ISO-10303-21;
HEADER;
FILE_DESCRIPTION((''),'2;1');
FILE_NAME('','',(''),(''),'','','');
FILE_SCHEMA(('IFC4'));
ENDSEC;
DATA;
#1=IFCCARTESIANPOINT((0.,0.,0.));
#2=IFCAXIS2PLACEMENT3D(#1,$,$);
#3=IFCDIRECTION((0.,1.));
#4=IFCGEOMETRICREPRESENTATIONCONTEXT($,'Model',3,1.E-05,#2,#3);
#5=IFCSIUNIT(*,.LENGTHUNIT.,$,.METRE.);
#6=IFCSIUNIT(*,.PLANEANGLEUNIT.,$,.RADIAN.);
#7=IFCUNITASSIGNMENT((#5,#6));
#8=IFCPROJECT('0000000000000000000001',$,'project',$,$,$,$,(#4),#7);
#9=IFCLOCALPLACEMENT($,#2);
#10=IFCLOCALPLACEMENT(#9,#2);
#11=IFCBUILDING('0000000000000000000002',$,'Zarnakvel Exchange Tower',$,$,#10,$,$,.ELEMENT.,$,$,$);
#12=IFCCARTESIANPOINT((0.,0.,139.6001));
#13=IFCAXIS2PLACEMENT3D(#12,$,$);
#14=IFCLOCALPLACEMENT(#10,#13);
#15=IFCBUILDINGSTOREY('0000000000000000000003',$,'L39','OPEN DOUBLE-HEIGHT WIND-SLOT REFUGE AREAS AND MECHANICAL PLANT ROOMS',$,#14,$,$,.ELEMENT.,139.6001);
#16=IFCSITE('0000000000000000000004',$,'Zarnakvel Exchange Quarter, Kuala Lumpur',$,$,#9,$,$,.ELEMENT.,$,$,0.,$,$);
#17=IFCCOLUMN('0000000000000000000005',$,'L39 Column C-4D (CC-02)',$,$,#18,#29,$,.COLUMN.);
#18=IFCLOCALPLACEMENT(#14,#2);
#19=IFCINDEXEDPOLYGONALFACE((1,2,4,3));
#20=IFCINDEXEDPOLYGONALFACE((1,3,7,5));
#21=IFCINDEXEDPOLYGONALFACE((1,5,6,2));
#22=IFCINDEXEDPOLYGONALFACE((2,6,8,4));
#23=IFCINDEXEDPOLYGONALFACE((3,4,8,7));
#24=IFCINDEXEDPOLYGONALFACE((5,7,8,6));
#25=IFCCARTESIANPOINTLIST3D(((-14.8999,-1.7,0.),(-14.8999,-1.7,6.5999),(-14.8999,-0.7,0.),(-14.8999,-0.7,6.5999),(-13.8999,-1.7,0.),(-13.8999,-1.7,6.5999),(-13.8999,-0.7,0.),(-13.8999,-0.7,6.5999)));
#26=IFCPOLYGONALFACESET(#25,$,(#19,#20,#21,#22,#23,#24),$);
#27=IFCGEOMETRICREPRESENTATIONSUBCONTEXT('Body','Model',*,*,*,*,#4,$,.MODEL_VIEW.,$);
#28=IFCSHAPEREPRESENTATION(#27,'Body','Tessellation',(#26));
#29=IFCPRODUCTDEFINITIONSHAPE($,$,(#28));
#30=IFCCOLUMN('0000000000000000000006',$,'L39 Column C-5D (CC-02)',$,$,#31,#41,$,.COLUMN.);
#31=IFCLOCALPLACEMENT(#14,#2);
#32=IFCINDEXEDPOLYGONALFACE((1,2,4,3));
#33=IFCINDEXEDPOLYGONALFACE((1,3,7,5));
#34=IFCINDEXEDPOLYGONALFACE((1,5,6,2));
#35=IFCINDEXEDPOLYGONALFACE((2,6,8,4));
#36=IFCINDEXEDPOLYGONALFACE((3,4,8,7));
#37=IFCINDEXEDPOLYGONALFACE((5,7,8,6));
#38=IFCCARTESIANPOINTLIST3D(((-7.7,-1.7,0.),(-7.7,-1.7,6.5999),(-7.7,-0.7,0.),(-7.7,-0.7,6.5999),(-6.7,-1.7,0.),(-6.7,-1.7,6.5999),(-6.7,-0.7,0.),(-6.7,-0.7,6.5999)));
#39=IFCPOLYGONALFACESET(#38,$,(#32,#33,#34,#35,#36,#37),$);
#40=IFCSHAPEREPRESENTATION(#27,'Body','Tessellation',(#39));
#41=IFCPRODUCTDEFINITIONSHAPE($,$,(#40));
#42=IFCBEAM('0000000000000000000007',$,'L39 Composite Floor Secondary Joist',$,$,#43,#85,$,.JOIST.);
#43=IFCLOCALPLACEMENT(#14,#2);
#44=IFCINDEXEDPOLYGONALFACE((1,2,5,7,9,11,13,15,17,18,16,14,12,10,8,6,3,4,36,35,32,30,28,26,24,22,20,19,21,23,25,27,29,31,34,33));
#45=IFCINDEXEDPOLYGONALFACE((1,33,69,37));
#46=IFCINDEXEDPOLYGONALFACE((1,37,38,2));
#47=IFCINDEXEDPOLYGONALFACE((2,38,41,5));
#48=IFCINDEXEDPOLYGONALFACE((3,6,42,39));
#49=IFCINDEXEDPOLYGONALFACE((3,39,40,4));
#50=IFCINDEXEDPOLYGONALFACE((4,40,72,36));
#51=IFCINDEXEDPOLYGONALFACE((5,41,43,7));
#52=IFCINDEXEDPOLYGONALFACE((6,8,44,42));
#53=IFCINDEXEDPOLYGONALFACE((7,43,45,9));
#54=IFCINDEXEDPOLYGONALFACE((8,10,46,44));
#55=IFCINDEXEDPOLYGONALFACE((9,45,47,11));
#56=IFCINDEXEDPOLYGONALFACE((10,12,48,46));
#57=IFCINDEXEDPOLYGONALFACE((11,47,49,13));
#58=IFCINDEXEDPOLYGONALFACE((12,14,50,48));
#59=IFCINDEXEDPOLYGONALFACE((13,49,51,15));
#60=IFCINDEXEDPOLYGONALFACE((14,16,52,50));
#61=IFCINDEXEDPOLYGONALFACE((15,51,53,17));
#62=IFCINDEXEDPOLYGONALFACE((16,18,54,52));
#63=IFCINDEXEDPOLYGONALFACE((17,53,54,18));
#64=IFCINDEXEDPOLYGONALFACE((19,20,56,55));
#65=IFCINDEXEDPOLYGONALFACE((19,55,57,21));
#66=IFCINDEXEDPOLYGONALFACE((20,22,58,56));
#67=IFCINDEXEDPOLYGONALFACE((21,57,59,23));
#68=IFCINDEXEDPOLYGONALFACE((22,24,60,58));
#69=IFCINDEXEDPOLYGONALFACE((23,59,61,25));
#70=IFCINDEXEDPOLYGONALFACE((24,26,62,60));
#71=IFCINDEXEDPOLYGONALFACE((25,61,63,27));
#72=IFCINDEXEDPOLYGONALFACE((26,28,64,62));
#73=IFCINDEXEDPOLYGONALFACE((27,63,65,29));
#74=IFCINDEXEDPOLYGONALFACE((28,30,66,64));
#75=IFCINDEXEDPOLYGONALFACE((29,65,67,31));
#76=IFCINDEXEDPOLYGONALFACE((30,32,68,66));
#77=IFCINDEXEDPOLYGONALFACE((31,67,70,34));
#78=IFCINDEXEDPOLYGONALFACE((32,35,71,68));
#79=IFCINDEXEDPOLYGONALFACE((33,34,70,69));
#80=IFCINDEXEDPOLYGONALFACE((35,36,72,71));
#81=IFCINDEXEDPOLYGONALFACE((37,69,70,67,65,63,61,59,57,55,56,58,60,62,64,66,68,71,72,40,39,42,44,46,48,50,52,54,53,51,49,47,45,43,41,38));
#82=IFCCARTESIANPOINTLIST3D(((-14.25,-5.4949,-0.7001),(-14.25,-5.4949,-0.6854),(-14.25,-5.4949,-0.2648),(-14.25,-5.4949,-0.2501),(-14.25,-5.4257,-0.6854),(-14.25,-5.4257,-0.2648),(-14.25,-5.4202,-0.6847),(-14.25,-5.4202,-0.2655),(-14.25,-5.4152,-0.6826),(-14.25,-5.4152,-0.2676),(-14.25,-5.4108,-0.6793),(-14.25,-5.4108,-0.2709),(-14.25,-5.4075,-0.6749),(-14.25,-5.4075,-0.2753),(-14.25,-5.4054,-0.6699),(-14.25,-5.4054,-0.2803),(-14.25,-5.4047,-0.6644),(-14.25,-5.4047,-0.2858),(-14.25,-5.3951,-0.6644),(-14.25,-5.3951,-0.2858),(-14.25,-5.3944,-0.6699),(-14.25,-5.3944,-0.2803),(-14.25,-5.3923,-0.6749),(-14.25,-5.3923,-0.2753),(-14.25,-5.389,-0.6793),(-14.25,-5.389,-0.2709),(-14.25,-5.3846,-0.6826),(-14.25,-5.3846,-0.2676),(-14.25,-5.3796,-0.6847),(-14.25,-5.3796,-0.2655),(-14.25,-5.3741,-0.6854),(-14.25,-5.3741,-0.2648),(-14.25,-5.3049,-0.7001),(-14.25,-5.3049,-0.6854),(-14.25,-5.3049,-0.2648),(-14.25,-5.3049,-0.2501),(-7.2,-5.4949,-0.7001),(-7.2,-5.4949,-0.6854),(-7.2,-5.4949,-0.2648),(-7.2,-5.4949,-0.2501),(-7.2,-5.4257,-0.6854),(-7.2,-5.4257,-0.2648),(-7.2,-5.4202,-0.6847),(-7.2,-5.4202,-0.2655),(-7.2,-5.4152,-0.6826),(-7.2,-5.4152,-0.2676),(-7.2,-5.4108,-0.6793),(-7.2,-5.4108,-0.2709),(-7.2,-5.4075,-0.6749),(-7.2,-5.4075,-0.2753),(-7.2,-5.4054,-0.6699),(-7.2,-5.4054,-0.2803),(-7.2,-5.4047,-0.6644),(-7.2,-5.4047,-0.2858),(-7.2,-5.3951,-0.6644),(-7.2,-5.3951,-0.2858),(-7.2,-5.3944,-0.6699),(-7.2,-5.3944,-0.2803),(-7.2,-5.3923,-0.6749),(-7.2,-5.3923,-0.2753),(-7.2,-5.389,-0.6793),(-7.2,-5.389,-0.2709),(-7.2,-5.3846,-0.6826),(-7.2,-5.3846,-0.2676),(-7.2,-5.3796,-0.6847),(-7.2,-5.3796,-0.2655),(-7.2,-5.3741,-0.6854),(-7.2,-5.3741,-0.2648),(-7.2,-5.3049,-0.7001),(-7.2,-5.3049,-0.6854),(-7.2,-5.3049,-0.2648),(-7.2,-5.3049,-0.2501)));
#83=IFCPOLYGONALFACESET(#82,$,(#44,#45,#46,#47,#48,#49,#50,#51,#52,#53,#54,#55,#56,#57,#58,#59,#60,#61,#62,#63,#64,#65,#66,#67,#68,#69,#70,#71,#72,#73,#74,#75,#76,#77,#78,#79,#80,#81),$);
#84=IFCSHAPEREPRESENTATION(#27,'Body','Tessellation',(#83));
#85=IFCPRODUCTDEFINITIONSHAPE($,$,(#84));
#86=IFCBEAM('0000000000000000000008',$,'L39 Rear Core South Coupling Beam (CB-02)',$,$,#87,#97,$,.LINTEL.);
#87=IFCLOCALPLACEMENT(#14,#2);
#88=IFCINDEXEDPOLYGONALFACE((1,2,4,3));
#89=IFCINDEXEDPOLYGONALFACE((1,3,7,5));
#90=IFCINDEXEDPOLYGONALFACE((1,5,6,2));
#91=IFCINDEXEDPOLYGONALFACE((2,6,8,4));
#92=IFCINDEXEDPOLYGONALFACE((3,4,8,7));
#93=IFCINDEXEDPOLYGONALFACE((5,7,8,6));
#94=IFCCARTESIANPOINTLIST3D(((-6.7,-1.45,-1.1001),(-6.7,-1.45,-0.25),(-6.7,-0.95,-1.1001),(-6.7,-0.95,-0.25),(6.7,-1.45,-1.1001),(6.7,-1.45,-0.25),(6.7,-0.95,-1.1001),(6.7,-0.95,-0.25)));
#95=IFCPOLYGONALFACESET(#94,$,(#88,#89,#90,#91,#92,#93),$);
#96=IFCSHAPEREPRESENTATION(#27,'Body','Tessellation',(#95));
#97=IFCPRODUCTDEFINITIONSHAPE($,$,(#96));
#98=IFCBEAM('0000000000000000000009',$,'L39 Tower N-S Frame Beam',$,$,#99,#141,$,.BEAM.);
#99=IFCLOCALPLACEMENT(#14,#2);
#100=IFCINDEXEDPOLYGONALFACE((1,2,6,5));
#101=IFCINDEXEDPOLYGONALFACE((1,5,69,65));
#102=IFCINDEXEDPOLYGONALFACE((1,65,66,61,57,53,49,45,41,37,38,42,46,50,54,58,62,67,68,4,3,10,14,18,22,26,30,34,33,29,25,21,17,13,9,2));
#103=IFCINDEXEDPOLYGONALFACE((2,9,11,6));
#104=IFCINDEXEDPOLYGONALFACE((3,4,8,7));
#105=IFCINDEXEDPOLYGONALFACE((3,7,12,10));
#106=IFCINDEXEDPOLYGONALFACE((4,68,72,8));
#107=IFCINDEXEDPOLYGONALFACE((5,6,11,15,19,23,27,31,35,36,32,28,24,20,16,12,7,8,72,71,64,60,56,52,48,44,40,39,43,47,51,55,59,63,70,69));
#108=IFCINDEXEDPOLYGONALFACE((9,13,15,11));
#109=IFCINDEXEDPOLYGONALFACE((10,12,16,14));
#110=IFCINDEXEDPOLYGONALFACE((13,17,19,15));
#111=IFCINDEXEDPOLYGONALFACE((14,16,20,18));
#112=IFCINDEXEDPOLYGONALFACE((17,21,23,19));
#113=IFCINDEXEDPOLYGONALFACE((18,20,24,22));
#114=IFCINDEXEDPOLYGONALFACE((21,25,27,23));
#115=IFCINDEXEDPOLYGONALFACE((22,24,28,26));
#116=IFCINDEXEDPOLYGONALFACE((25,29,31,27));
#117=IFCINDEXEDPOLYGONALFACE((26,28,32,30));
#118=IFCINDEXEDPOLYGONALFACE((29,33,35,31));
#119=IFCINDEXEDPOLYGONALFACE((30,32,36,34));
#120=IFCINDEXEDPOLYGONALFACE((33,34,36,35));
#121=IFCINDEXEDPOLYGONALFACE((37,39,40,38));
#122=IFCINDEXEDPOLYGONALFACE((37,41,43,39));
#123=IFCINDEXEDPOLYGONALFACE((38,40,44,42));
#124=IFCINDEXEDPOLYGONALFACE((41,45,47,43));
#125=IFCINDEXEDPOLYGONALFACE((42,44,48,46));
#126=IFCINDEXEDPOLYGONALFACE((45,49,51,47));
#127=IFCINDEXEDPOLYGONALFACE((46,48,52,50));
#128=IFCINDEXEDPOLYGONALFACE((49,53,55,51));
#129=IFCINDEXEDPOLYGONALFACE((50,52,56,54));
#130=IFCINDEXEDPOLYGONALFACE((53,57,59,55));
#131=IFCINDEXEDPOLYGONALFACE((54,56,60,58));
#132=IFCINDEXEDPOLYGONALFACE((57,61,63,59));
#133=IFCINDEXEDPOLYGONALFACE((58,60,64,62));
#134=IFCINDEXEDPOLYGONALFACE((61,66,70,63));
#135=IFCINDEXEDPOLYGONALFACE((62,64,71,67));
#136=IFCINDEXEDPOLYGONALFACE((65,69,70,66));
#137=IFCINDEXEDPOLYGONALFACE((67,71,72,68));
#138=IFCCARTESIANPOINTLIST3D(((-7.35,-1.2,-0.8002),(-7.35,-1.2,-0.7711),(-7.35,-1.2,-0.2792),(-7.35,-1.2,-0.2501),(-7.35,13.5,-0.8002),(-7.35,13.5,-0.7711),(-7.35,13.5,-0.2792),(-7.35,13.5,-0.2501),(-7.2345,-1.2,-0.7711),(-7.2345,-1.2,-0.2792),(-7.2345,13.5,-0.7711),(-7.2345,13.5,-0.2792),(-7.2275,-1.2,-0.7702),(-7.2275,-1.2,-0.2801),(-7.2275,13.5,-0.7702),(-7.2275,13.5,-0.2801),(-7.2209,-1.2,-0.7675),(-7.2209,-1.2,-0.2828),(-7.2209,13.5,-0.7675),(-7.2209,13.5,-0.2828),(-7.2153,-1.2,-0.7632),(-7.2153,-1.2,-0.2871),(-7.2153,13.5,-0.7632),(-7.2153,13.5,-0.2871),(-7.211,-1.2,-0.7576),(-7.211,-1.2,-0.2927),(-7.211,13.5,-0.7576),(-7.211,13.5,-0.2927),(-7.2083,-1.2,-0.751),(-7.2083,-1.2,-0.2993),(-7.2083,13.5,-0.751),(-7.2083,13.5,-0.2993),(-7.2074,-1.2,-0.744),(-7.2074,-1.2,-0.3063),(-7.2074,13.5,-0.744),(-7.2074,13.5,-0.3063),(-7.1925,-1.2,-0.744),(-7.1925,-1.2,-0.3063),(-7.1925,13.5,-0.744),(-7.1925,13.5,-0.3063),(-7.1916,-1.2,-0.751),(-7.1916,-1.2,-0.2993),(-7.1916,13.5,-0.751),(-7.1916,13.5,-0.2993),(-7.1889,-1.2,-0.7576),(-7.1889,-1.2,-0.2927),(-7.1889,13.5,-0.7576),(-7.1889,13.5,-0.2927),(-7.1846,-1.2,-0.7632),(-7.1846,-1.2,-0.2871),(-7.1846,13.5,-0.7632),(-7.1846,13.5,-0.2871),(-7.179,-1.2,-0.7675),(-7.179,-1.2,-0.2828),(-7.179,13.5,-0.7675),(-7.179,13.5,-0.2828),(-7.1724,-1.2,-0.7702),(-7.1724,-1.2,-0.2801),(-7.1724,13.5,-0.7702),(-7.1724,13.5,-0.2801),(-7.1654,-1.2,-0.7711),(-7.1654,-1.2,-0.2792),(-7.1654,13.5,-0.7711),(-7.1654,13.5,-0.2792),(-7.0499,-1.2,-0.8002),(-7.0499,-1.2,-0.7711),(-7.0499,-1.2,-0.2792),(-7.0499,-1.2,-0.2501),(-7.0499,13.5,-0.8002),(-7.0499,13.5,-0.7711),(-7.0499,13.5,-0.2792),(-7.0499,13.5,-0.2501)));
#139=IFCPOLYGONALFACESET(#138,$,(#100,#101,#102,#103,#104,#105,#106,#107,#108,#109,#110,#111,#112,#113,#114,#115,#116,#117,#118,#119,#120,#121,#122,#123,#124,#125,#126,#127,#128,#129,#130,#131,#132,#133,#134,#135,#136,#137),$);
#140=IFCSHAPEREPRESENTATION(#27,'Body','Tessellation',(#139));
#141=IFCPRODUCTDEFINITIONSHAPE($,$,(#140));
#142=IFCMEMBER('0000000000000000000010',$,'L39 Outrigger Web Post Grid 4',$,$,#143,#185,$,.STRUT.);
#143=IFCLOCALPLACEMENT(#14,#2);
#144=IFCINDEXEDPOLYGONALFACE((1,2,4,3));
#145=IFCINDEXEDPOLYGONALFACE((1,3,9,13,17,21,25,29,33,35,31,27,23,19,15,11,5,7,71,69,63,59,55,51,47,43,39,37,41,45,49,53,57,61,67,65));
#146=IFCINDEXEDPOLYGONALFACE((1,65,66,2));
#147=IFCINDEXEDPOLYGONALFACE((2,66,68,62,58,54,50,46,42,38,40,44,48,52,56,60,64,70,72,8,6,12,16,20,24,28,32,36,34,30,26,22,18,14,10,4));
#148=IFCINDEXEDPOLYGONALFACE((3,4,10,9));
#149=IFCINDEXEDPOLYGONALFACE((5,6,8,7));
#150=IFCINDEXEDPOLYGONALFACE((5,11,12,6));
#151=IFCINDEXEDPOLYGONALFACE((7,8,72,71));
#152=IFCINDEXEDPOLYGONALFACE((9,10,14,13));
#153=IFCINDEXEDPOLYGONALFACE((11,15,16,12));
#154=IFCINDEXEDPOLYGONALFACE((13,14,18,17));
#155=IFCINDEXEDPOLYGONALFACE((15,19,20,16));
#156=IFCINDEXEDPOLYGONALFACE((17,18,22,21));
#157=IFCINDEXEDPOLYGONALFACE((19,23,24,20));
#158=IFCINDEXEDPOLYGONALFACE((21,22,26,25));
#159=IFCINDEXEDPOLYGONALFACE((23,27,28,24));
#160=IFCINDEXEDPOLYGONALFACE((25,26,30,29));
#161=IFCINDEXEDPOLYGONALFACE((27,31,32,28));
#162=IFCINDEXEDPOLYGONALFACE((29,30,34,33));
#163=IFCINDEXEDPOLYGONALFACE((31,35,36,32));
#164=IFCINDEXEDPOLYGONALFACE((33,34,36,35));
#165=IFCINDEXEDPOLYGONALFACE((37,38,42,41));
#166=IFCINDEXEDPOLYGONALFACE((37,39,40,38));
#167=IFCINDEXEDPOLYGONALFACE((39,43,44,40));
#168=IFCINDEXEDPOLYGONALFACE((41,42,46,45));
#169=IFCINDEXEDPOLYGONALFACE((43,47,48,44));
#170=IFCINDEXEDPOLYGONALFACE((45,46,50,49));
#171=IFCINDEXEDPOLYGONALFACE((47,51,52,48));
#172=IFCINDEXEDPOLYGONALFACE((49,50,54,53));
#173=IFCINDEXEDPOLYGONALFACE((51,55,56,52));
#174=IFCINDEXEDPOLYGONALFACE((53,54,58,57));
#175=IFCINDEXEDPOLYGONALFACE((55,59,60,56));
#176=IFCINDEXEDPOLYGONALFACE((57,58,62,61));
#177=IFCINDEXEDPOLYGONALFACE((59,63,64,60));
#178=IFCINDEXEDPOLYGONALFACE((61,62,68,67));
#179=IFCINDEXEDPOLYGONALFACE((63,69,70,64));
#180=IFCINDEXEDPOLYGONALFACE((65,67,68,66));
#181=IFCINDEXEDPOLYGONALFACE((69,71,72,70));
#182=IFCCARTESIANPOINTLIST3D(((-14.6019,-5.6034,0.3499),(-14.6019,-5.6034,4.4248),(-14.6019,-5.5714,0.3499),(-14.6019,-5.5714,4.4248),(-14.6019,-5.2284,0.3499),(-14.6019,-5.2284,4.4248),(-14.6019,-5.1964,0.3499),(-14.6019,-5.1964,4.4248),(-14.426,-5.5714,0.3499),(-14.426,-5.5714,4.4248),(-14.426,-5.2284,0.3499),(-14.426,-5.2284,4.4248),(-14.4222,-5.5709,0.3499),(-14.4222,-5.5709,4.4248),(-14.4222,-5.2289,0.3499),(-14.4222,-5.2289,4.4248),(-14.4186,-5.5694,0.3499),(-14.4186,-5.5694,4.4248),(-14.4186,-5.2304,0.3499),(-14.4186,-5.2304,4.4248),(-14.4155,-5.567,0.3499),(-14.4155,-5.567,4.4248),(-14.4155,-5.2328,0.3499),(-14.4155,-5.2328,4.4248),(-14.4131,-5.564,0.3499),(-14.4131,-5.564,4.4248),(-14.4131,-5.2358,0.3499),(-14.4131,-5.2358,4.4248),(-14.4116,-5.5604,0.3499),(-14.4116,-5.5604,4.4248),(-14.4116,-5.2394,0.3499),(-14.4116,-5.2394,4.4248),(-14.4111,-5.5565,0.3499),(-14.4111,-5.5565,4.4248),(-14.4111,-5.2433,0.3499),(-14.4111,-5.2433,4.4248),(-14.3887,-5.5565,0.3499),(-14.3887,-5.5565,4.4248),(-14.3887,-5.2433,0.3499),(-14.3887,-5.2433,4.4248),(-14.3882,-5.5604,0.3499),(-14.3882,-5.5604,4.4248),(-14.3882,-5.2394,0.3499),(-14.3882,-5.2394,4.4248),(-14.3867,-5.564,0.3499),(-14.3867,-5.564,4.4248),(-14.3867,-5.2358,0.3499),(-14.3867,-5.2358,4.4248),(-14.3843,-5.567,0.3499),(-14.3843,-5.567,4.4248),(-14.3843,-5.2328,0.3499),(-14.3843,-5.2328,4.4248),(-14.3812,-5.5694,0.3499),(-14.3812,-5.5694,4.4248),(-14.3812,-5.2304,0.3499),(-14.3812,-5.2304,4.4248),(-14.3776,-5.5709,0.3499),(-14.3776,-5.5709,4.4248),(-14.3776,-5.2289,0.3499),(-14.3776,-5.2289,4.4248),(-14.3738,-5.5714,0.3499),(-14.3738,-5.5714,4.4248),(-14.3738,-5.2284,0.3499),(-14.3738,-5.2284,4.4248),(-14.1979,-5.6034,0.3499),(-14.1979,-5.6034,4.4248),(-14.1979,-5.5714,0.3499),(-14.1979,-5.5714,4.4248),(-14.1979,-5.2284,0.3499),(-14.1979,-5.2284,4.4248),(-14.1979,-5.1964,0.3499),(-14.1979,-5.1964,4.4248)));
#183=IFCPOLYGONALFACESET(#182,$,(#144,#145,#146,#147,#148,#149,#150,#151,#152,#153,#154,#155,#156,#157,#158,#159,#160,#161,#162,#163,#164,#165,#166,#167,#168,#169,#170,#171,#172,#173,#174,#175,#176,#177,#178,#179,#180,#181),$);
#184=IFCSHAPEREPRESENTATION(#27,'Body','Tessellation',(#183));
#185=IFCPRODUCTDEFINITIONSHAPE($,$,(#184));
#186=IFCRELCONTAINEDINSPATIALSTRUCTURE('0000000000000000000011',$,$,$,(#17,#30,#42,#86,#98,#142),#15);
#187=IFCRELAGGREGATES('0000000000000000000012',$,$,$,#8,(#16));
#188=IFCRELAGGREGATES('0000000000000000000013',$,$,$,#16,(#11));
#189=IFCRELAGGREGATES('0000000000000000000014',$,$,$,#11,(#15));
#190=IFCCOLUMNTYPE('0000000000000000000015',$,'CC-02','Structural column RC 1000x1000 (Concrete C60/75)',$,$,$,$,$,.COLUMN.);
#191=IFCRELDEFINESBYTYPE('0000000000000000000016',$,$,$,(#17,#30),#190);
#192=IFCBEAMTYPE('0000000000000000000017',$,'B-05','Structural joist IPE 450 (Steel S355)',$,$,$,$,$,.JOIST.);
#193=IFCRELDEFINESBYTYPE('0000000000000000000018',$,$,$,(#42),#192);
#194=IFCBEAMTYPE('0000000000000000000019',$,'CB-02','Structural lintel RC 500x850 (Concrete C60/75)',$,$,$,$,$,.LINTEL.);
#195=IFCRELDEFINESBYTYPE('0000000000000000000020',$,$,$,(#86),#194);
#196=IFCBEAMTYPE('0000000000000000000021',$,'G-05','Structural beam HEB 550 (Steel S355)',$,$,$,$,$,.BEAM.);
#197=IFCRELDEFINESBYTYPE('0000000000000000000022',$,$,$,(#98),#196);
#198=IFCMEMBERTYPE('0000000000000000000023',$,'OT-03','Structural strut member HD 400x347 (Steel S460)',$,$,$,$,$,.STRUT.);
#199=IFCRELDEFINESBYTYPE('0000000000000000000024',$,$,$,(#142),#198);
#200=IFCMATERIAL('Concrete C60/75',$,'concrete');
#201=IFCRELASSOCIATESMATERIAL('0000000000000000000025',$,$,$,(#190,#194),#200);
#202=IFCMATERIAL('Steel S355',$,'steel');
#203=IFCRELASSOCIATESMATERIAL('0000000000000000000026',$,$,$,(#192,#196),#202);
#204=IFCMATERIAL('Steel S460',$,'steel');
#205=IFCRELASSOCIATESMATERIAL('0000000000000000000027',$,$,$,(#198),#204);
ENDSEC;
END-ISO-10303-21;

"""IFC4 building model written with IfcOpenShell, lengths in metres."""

from ifc_helpers import new_model, si_unit, direction, frame, origin, origin_2d, place, context, subcontext, project, spatial, rectangle, i_section, extrude, source, transform, mapped, material, material_profile, profile_set, type_object, element, save


model = new_model("IFC4")

# Units and contexts
model_context = context("Model", 3, precision=1e-05, world=origin(), true_north=direction((0.0, 1.0)))
body_context = subcontext(model_context, "Body", "Model", "MODEL_VIEW")
ifc_project = project(units=[si_unit("LENGTHUNIT", "METRE"), si_unit("PLANEANGLEUNIT", "RADIAN")], contexts=[model_context])

# Site, building, storey
site_placement = place(None, origin())
site = spatial("IfcSite", under=ifc_project, at=site_placement, Name="Zarnakvel Exchange Quarter, Kuala Lumpur", CompositionType="ELEMENT", RefElevation=0.0)
building_placement = place(site_placement, origin())
building = spatial("IfcBuilding", under=site, at=building_placement, Name="Zarnakvel Exchange Tower", CompositionType="ELEMENT")
storey_placement = place(building_placement, frame((0.0, 0.0, 139.6001)))
storey = spatial("IfcBuildingStorey", under=building, at=storey_placement, Name="L39", Description="OPEN DOUBLE-HEIGHT WIND-SLOT REFUGE AREAS AND MECHANICAL PLANT ROOMS", CompositionType="ELEMENT", Elevation=139.6001)

# Columns
ifc_material_1 = material(Name="Concrete C60/75", Category="concrete")
ifc_material_profile_1 = material_profile(ifc_material_1, rectangle(XDim=1.0, YDim=1.0, at=origin_2d()))
ifc_profile_set_1 = profile_set([ifc_material_profile_1], Name="Concrete C60/75")
column_type = type_object("IfcColumnType", Name="CC-02", Description="Structural column RC 1000x1000 (Concrete C60/75)", PredefinedType="COLUMN", material=ifc_profile_set_1)
for number, where, z_axis, x_axis, name in (
    (1, (-14.3999, -1.2, 0.0), (0.0, 0.0, 1.0), (1.0, 0.0, 0.0), "L39 Column C-4D (CC-02)"),
    (2, (-7.2, -1.2, 0.0), (0.0, 0.0, 1.0), (1.0, 0.0, 0.0), "L39 Column C-5D (CC-02)"),
):
    element("IfcColumn", number, at=place(storey_placement, frame(where, z_axis=z_axis, x_axis=x_axis)), inside=storey, type_object=column_type, Name=name, PredefinedType="COLUMN", context=body_context, shape_type="SweptSolid", body=[
        extrude(rectangle(XDim=1.0, YDim=1.0, at=origin_2d()), origin(), (0.0, 0.0, 1.0), 6.5999),
    ])

# Beams
ifc_material_2 = material(Name="Steel S355", Category="steel")
ifc_material_profile_2 = material_profile(ifc_material_2, i_section(OverallWidth=0.1899, OverallDepth=0.45, WebThickness=0.0095, FlangeThickness=0.0146, FilletRadius=0.021, at=origin_2d()))
ifc_profile_set_2 = profile_set([ifc_material_profile_2], Name="Steel S355")
beam_type_1 = type_object("IfcBeamType", Name="B-05", Description="Structural joist IPE 450 (Steel S355)", PredefinedType="JOIST", material=ifc_profile_set_2)
beam_1_placement = place(storey_placement, frame((-14.25, -5.3999, -0.4751), z_axis=(1.0, 0.0, 0.0), x_axis=(0.0, 1.0, 0.0)))
element("IfcBeam", 3, at=beam_1_placement, inside=storey, type_object=beam_type_1, Name="L39 Composite Floor Secondary Joist", PredefinedType="JOIST", context=body_context, shape_type="SweptSolid", body=[
    extrude(i_section(OverallWidth=0.1899, OverallDepth=0.45, WebThickness=0.0095, FlangeThickness=0.0146, FilletRadius=0.021, at=origin_2d()), origin(), (0.0, 0.0, 1.0), 7.05),
])
ifc_material_profile_3 = material_profile(ifc_material_1, rectangle(XDim=0.5, YDim=0.8501, at=origin_2d()))
ifc_profile_set_3 = profile_set([ifc_material_profile_3], Name="Concrete C60/75")
beam_type_2 = type_object("IfcBeamType", Name="CB-02", Description="Structural lintel RC 500x850 (Concrete C60/75)", PredefinedType="LINTEL", material=ifc_profile_set_3)
beam_2_placement = place(storey_placement, frame((-6.7, -1.2, -0.675), z_axis=(1.0, 0.0, 0.0), x_axis=(0.0, 1.0, 0.0)))
element("IfcBeam", 4, at=beam_2_placement, inside=storey, type_object=beam_type_2, Name="L39 Rear Core South Coupling Beam (CB-02)", PredefinedType="LINTEL", context=body_context, shape_type="SweptSolid", body=[
    extrude(rectangle(XDim=0.5, YDim=0.8501, at=origin_2d()), origin(), (0.0, 0.0, 1.0), 13.3999),
])
ifc_material_profile_4 = material_profile(ifc_material_2, i_section(OverallWidth=0.3, OverallDepth=0.55, WebThickness=0.0149, FlangeThickness=0.0291, FilletRadius=0.0271, at=origin_2d()))
ifc_profile_set_4 = profile_set([ifc_material_profile_4], Name="Steel S355")
beam_type_3 = type_object("IfcBeamType", Name="G-05", Description="Structural beam HEB 550 (Steel S355)", PredefinedType="BEAM", material=ifc_profile_set_4)
beam_3_placement = place(storey_placement, frame((-7.2, -1.2, -0.5251), z_axis=(0.0, 1.0, 0.0), x_axis=(-1.0, 0.0, 0.0)))
element("IfcBeam", 5, at=beam_3_placement, inside=storey, type_object=beam_type_3, Name="L39 Tower N-S Frame Beam", PredefinedType="BEAM", context=body_context, shape_type="SweptSolid", body=[
    extrude(i_section(OverallWidth=0.3, OverallDepth=0.55, WebThickness=0.0149, FlangeThickness=0.0291, FilletRadius=0.0271, at=origin_2d()), origin(), (0.0, 0.0, 1.0), 14.7),
])

# Member
ifc_material_3 = material(Name="Steel S460", Category="steel")
ifc_material_profile_5 = material_profile(ifc_material_3, i_section(OverallWidth=0.4041, OverallDepth=0.407, WebThickness=0.0225, FlangeThickness=0.032, FilletRadius=0.0149, at=origin_2d()))
ifc_profile_set_5 = profile_set([ifc_material_profile_5], Name="Steel S460")
member_type_1 = type_object("IfcMemberType", Name="OT-03", Description="Structural strut member HD 400x347 (Steel S460)", PredefinedType="STRUT", material=ifc_profile_set_5)
shared_shape_1 = source(origin(), body_context, "Body", "SweptSolid", [
    extrude(i_section(OverallWidth=0.4041, OverallDepth=0.407, WebThickness=0.0225, FlangeThickness=0.032, FilletRadius=0.0149, at=origin_2d()), origin(), (0.0, 0.0, 1.0), 4.075),
])
for number, where, z_axis, x_axis, name in (
    (6, (-14.3999, -5.3999, 0.3499), (0.0, 0.0, 1.0), (1.0, 0.0, 0.0), "L39 Outrigger Web Post Grid 4"),
):
    element("IfcMember", number, at=place(storey_placement, frame(where, z_axis=z_axis, x_axis=x_axis)), inside=storey, type_object=member_type_1, Name=name, PredefinedType="STRUT", context=body_context, shape_type="MappedRepresentation", body=[
        mapped(shared_shape_1, transform((0.0, 0.0, 0.0), x_axis=(1.0, 0.0, 0.0), y_axis=(0.0, 1.0, 0.0), z_axis=(0.0, 0.0, 1.0), scale=1.0)),
    ])

save(model, "model.ifc")
